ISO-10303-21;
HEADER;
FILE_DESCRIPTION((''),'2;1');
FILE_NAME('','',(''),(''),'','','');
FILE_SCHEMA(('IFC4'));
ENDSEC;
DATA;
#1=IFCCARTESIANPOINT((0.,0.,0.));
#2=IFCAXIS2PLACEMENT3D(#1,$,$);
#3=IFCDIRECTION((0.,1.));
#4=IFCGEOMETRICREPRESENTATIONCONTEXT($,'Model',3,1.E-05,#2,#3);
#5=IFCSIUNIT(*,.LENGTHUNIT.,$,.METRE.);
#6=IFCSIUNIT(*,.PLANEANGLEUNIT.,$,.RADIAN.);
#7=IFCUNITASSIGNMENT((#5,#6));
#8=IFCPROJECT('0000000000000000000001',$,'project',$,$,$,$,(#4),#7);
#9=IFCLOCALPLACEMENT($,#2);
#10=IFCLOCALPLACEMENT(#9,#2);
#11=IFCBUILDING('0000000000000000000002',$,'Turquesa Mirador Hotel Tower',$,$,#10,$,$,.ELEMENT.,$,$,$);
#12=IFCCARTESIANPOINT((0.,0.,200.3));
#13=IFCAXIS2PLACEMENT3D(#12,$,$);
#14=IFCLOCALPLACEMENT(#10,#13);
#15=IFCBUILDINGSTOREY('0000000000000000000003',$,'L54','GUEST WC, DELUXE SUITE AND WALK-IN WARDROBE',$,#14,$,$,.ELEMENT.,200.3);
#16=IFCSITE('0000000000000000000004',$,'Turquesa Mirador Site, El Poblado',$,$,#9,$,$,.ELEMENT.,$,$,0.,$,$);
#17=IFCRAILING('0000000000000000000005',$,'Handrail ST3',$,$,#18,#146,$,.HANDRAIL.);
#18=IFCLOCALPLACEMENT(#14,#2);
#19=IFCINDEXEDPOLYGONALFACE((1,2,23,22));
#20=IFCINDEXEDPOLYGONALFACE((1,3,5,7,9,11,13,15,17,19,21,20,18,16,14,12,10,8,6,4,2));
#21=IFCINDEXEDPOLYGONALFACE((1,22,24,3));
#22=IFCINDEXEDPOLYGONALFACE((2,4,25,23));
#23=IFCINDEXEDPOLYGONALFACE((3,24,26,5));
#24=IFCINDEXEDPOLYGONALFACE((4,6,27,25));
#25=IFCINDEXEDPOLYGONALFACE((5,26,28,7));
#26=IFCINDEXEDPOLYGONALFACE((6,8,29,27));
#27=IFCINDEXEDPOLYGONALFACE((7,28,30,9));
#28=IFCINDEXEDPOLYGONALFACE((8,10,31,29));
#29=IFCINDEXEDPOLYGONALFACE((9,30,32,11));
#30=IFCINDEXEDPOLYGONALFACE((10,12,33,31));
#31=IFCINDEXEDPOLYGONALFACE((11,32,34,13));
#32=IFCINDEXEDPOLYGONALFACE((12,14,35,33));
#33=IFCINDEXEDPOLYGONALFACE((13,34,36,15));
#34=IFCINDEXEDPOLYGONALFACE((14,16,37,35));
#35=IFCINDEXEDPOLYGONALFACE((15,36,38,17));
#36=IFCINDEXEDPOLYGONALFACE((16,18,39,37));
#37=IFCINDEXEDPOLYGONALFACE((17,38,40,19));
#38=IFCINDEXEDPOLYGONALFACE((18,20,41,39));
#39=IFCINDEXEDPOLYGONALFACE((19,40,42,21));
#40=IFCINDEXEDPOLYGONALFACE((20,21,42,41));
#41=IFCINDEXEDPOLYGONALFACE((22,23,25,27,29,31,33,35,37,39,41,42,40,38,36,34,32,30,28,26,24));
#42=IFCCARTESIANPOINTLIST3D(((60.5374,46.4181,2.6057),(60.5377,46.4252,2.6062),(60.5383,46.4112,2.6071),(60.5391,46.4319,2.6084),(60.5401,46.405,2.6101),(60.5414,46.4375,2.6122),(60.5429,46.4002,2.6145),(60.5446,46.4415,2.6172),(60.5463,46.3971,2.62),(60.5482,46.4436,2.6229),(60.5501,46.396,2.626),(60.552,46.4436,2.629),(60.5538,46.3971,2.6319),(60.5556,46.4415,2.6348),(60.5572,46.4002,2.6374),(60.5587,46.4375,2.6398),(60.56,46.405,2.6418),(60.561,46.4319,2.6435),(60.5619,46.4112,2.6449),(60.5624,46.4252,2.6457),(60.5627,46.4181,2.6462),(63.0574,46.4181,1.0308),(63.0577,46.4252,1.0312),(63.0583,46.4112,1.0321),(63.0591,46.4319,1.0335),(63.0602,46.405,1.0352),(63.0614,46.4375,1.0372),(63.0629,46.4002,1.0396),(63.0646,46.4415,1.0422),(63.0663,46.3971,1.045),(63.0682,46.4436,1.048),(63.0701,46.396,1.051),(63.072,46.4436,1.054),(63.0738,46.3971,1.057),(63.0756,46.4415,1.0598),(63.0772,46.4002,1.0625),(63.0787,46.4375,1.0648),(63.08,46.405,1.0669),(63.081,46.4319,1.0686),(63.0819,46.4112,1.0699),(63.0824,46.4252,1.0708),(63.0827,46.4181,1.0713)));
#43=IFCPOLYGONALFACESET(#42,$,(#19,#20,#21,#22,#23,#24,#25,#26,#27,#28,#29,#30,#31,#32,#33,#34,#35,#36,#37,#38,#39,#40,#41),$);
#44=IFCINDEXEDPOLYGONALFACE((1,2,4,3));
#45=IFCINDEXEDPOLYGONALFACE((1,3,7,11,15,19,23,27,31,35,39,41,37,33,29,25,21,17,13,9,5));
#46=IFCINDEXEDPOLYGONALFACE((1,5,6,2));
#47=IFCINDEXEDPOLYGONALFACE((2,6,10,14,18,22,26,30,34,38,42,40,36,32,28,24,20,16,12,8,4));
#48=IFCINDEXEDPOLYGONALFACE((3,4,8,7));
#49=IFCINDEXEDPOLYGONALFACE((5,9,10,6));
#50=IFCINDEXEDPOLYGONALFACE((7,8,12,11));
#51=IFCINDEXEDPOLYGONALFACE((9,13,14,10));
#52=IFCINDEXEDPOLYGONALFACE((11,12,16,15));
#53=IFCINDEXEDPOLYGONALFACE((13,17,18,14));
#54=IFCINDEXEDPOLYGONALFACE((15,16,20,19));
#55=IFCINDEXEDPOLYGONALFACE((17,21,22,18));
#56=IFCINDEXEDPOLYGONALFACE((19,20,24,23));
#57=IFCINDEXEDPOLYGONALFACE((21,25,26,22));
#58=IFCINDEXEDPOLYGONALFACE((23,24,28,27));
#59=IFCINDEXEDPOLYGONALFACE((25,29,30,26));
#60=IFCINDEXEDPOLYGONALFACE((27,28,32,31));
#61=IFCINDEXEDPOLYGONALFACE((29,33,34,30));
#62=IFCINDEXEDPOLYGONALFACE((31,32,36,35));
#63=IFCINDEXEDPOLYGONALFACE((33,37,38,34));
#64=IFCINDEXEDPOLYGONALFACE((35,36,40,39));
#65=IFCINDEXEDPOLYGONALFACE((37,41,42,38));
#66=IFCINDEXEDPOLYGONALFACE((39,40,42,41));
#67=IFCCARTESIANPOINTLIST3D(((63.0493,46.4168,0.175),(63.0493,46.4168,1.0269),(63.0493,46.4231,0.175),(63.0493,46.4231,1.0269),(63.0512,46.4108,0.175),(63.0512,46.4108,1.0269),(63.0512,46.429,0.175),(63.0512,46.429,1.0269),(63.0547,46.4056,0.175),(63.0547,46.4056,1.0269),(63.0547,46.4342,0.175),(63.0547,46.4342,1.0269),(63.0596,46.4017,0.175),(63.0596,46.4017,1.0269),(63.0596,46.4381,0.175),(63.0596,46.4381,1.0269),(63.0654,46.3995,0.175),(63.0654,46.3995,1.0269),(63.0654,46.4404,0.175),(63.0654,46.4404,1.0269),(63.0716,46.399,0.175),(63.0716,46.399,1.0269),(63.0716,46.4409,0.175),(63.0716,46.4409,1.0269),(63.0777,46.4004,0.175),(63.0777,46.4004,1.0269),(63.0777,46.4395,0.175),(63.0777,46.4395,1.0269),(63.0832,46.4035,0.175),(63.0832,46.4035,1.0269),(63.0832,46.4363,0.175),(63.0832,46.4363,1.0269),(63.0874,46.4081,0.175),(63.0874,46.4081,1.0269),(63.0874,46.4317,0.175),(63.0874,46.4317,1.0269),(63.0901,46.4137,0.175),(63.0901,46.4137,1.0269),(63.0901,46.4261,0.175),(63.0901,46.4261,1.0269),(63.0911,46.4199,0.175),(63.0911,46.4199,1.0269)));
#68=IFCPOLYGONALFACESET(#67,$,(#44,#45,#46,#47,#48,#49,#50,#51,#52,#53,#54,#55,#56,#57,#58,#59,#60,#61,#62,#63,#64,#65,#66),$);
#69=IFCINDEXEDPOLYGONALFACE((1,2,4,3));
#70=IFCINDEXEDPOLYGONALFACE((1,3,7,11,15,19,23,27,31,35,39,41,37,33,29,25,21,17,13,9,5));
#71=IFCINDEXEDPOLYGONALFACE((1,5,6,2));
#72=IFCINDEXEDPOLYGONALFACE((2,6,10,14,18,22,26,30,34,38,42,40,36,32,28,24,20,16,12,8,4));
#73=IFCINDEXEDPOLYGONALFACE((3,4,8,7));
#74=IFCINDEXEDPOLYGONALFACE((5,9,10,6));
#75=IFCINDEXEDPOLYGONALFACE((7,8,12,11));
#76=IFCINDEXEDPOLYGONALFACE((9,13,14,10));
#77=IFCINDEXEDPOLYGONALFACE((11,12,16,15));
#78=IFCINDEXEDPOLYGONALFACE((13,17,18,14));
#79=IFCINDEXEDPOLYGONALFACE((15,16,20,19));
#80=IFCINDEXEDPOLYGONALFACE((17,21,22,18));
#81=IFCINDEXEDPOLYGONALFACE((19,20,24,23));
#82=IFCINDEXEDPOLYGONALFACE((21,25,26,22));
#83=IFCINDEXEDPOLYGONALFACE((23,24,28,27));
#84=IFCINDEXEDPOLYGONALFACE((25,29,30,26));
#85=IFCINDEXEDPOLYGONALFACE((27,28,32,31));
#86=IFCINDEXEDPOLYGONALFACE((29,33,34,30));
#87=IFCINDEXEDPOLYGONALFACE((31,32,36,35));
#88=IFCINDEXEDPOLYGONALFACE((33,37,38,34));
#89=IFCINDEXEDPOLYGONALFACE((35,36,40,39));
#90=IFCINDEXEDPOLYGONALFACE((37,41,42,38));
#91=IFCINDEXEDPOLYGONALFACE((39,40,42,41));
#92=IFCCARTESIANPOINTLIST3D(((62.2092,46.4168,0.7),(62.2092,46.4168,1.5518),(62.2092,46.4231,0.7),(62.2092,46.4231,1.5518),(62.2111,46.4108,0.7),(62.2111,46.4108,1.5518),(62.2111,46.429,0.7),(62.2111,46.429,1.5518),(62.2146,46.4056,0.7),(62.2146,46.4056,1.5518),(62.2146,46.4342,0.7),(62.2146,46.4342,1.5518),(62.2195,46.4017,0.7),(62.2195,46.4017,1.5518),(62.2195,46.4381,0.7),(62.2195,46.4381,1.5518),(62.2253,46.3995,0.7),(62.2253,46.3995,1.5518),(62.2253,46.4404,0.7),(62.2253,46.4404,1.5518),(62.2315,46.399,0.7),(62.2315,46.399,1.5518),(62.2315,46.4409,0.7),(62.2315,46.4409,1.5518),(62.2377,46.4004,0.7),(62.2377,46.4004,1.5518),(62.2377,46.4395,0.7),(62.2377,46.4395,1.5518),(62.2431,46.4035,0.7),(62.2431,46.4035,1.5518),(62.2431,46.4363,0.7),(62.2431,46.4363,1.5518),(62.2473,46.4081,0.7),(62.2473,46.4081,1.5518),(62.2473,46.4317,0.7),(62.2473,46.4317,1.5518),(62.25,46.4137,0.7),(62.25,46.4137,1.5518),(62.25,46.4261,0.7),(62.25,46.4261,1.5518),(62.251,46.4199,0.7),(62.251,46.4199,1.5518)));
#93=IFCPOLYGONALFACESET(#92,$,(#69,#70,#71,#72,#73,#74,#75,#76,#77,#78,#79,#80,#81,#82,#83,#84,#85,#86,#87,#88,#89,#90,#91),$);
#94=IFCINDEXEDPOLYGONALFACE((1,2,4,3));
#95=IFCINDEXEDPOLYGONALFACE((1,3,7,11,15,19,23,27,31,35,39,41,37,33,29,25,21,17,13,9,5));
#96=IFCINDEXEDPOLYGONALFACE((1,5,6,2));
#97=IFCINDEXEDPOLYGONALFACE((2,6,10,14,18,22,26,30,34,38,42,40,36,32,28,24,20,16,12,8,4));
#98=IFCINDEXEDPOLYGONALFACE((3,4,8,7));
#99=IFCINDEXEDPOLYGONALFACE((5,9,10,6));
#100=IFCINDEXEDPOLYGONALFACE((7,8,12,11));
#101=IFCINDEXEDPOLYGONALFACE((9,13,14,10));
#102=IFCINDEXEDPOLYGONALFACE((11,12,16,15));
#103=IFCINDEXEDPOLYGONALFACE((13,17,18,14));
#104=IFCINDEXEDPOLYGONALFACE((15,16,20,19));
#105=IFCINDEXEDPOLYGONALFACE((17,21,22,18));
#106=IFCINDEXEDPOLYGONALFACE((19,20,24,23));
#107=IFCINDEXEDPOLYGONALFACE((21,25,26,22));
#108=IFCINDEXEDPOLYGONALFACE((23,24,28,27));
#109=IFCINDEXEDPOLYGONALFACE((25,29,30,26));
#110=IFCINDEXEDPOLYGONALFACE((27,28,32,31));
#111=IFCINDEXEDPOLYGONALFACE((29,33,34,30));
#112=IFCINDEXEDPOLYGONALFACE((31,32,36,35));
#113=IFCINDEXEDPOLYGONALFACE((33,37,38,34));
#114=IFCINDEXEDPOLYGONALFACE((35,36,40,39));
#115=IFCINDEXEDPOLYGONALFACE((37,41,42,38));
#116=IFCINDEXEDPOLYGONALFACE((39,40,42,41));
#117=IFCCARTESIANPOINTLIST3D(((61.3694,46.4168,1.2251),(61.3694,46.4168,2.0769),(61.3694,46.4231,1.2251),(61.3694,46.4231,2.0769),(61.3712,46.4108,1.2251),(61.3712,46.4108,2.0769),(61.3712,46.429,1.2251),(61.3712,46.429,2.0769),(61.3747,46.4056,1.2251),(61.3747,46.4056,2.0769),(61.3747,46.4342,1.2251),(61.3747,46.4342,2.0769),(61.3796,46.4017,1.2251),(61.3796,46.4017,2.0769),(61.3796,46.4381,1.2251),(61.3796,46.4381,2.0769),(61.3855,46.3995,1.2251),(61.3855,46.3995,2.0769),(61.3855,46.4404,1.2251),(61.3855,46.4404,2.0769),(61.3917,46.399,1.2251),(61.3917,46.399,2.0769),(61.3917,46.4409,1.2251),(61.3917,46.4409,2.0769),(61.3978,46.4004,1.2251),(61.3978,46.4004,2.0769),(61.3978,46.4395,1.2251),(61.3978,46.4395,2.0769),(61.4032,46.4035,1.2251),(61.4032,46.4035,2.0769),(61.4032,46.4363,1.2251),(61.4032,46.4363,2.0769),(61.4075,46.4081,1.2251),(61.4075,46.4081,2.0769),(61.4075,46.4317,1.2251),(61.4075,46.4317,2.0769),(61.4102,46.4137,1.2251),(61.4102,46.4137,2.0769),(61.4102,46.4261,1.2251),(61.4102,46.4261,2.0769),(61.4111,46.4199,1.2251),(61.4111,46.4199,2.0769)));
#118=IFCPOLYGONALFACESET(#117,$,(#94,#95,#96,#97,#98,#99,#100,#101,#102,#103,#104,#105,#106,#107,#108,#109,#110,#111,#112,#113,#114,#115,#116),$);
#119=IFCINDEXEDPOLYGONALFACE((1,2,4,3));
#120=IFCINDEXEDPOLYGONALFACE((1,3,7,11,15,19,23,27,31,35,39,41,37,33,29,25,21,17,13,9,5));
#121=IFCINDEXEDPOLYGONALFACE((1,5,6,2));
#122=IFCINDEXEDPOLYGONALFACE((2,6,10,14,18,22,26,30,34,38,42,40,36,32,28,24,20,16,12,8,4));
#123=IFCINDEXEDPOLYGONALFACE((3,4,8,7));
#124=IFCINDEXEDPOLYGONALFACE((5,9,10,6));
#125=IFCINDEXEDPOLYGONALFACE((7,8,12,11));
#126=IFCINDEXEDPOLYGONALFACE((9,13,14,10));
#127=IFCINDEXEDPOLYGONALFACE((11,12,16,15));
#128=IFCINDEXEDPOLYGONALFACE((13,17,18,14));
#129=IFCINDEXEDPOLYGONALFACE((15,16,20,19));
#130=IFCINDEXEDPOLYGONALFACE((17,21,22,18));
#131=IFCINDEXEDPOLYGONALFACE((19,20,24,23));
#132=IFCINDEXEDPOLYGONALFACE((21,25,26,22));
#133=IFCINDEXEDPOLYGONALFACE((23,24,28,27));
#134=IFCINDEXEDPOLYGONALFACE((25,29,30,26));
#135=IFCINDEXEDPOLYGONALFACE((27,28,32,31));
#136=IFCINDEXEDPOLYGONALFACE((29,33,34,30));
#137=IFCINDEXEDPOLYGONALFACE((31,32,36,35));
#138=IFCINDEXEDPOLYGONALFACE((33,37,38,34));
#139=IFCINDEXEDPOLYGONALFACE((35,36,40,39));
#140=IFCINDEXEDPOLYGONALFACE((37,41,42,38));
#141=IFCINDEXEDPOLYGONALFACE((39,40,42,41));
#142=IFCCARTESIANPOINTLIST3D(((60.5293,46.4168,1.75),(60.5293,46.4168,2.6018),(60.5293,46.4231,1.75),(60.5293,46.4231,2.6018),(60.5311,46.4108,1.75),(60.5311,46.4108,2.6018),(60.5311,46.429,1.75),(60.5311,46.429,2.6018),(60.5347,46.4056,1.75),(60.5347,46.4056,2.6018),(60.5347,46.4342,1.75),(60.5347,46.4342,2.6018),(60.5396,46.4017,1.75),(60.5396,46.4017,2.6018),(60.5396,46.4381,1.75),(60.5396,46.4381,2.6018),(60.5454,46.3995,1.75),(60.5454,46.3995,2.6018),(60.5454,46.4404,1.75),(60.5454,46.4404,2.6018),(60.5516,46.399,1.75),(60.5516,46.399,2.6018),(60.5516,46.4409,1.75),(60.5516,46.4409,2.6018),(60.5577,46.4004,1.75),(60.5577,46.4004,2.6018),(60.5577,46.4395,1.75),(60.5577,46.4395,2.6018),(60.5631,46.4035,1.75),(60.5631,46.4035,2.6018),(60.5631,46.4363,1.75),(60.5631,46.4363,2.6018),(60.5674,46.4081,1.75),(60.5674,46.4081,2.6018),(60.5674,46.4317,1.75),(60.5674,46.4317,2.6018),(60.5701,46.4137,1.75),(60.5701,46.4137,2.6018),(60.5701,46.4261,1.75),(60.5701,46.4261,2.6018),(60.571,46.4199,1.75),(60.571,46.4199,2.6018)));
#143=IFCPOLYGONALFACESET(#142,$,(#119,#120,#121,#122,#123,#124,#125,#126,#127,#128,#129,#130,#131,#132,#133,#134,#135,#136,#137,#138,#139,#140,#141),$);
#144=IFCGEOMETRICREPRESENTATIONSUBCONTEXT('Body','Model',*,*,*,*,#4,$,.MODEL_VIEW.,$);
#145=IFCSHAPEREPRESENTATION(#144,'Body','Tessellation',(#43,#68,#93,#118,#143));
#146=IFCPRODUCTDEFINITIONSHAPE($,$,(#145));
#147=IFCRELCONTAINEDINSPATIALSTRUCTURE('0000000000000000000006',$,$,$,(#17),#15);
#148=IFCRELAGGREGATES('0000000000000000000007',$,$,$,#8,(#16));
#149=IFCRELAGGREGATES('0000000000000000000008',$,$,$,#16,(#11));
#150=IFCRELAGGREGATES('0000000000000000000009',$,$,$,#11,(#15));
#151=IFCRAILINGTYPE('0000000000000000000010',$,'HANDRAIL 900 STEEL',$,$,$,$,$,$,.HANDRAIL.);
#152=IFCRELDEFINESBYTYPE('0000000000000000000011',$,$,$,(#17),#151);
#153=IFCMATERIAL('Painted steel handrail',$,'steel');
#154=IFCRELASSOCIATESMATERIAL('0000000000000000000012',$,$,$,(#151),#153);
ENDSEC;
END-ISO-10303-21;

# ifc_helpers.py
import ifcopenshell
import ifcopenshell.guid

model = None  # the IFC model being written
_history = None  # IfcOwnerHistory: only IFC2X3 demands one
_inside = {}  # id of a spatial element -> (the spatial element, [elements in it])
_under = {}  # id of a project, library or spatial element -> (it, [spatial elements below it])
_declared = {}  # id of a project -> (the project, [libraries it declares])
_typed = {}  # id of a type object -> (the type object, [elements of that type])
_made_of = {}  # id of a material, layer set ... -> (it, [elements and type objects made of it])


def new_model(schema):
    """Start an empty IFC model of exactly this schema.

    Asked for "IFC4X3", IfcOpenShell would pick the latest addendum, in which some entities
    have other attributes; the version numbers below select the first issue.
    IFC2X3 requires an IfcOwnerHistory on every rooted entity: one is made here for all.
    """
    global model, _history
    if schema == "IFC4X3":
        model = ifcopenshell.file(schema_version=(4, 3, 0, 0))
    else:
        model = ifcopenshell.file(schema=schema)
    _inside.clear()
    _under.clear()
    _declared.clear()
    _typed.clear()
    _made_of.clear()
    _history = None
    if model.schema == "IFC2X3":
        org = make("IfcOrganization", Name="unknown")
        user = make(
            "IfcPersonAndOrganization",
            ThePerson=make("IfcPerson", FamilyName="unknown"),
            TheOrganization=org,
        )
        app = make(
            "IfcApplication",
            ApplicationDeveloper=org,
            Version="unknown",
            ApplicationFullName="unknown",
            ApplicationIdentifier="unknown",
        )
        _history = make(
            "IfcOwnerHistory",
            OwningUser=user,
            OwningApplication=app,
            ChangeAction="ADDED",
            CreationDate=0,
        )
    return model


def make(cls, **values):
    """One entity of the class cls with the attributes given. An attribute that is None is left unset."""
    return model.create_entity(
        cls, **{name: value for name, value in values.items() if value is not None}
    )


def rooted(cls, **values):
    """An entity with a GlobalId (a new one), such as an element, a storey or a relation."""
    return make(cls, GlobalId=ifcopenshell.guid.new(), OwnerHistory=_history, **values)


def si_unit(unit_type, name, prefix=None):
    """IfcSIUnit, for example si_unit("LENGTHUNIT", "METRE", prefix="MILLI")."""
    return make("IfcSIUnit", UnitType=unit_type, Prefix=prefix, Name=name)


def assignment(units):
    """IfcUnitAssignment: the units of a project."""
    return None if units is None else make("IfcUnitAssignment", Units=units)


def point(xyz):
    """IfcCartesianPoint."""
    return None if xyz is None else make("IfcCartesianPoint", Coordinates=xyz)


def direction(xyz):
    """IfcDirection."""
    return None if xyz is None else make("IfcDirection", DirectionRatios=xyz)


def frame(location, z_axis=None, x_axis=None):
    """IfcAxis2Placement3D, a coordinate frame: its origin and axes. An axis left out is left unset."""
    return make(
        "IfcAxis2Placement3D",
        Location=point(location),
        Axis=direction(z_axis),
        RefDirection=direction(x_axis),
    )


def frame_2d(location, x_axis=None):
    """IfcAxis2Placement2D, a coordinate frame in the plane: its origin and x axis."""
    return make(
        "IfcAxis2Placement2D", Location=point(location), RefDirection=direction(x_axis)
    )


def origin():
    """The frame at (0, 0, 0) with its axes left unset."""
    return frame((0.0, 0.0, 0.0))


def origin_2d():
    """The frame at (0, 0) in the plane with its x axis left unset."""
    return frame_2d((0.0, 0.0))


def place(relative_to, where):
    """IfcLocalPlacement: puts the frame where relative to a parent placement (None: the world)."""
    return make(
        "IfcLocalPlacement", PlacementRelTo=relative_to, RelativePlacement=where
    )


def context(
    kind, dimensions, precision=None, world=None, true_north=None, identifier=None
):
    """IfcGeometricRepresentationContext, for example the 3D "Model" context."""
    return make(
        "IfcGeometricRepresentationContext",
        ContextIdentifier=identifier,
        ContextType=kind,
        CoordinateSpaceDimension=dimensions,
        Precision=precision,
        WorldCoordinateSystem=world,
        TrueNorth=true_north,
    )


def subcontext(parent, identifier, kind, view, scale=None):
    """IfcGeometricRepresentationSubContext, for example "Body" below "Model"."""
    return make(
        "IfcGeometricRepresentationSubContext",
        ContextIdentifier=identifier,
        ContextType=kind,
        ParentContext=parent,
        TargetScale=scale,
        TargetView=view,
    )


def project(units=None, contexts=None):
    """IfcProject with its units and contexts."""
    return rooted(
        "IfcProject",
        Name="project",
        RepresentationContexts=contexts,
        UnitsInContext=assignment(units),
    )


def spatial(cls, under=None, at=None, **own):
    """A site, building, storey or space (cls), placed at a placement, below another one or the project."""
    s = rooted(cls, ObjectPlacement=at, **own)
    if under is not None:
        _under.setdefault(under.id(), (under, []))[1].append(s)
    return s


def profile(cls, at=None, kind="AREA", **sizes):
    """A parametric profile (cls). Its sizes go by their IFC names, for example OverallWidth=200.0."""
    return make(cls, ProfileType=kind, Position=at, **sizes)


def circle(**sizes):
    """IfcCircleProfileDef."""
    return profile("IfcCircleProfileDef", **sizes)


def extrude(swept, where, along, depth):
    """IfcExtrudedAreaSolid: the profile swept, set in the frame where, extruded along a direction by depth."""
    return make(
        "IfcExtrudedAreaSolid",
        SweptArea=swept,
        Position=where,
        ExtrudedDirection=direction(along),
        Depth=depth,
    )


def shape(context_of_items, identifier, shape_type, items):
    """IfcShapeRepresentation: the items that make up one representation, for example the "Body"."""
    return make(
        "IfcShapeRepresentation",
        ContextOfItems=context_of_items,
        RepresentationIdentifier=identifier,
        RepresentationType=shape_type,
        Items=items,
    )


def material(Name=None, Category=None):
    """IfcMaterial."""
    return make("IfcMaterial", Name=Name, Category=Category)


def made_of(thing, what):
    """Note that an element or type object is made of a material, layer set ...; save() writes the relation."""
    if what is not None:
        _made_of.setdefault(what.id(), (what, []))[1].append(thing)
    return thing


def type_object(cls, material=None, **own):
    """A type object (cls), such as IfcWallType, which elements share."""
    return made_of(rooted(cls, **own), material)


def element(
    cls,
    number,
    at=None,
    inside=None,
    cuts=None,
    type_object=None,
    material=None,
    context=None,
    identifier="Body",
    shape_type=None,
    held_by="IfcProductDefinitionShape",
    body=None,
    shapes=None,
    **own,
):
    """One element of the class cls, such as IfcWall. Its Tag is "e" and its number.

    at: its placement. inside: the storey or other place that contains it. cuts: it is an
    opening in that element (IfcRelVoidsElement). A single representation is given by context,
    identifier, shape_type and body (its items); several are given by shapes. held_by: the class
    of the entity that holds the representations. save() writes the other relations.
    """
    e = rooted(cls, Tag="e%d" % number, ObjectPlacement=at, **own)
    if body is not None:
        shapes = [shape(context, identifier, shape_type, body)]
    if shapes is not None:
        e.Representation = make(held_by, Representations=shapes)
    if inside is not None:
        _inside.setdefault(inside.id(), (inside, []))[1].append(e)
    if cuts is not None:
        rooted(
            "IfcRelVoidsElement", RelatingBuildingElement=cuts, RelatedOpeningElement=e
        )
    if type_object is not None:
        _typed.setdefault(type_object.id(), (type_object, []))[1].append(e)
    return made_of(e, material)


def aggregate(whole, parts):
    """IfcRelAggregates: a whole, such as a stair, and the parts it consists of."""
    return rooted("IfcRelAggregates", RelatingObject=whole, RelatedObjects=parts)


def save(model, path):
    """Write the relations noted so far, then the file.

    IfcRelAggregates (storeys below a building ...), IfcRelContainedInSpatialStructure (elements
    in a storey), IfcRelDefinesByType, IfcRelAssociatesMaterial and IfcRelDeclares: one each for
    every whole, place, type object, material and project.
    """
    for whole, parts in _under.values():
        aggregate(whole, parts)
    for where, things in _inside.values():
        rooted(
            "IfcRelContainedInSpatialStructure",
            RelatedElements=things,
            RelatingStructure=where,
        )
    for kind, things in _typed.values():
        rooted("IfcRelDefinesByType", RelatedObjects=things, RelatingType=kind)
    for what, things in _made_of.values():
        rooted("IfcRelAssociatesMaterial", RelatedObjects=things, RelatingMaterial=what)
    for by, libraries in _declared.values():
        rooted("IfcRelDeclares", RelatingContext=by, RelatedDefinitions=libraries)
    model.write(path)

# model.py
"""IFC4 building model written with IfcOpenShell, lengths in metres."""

from ifc_helpers import new_model, si_unit, direction, frame, origin, origin_2d, place, context, subcontext, project, spatial, circle, extrude, material, type_object, element, save


model = new_model("IFC4")

# Units and contexts
model_context = context("Model", 3, precision=1e-05, world=origin(), true_north=direction((0.0, 1.0)))
body_context = subcontext(model_context, "Body", "Model", "MODEL_VIEW")
ifc_project = project(units=[si_unit("LENGTHUNIT", "METRE"), si_unit("PLANEANGLEUNIT", "RADIAN")], contexts=[model_context])

# Site, building, storey
site_placement = place(None, origin())
site = spatial("IfcSite", under=ifc_project, at=site_placement, Name="Turquesa Mirador Site, El Poblado", CompositionType="ELEMENT", RefElevation=0.0)
building_placement = place(site_placement, origin())
building = spatial("IfcBuilding", under=site, at=building_placement, Name="Turquesa Mirador Hotel Tower", CompositionType="ELEMENT")
storey_placement = place(building_placement, frame((0.0, 0.0, 200.3)))
storey = spatial("IfcBuildingStorey", under=building, at=storey_placement, Name="L54", Description="GUEST WC, DELUXE SUITE AND WALK-IN WARDROBE", CompositionType="ELEMENT", Elevation=200.3)

# Railing
ifc_material_1 = material(Name="Painted steel handrail", Category="steel")
railing_type = type_object("IfcRailingType", Name="HANDRAIL 900 STEEL", PredefinedType="HANDRAIL", material=ifc_material_1)
railing_1_placement = place(storey_placement, frame((63.0701, 46.4199, 0.175)))
element("IfcRailing", 1, at=railing_1_placement, inside=storey, type_object=railing_type, Name="Handrail ST3", PredefinedType="HANDRAIL", context=body_context, shape_type="SweptSolid", body=[
    extrude(circle(Radius=0.0239, at=origin_2d()), frame((0.0, 0.0, 0.876), z_axis=(-0.848008, 0.0, 0.529984), x_axis=(0.0, -1.0, 0.0)), (0.0, 0.0, 1.0), 2.9717),
    extrude(circle(Radius=0.021, at=origin_2d()), origin(), (0.0, 0.0, 1.0), 0.8518),
    extrude(circle(Radius=0.021, at=origin_2d()), frame((-0.8401, 0.0, 0.5249)), (0.0, 0.0, 1.0), 0.8518),
    extrude(circle(Radius=0.021, at=origin_2d()), frame((-1.6799, 0.0, 1.05)), (0.0, 0.0, 1.0), 0.8518),
    extrude(circle(Radius=0.021, at=origin_2d()), frame((-2.52, 0.0, 1.575)), (0.0, 0.0, 1.0), 0.8518),
])

save(model, "model.ifc")
